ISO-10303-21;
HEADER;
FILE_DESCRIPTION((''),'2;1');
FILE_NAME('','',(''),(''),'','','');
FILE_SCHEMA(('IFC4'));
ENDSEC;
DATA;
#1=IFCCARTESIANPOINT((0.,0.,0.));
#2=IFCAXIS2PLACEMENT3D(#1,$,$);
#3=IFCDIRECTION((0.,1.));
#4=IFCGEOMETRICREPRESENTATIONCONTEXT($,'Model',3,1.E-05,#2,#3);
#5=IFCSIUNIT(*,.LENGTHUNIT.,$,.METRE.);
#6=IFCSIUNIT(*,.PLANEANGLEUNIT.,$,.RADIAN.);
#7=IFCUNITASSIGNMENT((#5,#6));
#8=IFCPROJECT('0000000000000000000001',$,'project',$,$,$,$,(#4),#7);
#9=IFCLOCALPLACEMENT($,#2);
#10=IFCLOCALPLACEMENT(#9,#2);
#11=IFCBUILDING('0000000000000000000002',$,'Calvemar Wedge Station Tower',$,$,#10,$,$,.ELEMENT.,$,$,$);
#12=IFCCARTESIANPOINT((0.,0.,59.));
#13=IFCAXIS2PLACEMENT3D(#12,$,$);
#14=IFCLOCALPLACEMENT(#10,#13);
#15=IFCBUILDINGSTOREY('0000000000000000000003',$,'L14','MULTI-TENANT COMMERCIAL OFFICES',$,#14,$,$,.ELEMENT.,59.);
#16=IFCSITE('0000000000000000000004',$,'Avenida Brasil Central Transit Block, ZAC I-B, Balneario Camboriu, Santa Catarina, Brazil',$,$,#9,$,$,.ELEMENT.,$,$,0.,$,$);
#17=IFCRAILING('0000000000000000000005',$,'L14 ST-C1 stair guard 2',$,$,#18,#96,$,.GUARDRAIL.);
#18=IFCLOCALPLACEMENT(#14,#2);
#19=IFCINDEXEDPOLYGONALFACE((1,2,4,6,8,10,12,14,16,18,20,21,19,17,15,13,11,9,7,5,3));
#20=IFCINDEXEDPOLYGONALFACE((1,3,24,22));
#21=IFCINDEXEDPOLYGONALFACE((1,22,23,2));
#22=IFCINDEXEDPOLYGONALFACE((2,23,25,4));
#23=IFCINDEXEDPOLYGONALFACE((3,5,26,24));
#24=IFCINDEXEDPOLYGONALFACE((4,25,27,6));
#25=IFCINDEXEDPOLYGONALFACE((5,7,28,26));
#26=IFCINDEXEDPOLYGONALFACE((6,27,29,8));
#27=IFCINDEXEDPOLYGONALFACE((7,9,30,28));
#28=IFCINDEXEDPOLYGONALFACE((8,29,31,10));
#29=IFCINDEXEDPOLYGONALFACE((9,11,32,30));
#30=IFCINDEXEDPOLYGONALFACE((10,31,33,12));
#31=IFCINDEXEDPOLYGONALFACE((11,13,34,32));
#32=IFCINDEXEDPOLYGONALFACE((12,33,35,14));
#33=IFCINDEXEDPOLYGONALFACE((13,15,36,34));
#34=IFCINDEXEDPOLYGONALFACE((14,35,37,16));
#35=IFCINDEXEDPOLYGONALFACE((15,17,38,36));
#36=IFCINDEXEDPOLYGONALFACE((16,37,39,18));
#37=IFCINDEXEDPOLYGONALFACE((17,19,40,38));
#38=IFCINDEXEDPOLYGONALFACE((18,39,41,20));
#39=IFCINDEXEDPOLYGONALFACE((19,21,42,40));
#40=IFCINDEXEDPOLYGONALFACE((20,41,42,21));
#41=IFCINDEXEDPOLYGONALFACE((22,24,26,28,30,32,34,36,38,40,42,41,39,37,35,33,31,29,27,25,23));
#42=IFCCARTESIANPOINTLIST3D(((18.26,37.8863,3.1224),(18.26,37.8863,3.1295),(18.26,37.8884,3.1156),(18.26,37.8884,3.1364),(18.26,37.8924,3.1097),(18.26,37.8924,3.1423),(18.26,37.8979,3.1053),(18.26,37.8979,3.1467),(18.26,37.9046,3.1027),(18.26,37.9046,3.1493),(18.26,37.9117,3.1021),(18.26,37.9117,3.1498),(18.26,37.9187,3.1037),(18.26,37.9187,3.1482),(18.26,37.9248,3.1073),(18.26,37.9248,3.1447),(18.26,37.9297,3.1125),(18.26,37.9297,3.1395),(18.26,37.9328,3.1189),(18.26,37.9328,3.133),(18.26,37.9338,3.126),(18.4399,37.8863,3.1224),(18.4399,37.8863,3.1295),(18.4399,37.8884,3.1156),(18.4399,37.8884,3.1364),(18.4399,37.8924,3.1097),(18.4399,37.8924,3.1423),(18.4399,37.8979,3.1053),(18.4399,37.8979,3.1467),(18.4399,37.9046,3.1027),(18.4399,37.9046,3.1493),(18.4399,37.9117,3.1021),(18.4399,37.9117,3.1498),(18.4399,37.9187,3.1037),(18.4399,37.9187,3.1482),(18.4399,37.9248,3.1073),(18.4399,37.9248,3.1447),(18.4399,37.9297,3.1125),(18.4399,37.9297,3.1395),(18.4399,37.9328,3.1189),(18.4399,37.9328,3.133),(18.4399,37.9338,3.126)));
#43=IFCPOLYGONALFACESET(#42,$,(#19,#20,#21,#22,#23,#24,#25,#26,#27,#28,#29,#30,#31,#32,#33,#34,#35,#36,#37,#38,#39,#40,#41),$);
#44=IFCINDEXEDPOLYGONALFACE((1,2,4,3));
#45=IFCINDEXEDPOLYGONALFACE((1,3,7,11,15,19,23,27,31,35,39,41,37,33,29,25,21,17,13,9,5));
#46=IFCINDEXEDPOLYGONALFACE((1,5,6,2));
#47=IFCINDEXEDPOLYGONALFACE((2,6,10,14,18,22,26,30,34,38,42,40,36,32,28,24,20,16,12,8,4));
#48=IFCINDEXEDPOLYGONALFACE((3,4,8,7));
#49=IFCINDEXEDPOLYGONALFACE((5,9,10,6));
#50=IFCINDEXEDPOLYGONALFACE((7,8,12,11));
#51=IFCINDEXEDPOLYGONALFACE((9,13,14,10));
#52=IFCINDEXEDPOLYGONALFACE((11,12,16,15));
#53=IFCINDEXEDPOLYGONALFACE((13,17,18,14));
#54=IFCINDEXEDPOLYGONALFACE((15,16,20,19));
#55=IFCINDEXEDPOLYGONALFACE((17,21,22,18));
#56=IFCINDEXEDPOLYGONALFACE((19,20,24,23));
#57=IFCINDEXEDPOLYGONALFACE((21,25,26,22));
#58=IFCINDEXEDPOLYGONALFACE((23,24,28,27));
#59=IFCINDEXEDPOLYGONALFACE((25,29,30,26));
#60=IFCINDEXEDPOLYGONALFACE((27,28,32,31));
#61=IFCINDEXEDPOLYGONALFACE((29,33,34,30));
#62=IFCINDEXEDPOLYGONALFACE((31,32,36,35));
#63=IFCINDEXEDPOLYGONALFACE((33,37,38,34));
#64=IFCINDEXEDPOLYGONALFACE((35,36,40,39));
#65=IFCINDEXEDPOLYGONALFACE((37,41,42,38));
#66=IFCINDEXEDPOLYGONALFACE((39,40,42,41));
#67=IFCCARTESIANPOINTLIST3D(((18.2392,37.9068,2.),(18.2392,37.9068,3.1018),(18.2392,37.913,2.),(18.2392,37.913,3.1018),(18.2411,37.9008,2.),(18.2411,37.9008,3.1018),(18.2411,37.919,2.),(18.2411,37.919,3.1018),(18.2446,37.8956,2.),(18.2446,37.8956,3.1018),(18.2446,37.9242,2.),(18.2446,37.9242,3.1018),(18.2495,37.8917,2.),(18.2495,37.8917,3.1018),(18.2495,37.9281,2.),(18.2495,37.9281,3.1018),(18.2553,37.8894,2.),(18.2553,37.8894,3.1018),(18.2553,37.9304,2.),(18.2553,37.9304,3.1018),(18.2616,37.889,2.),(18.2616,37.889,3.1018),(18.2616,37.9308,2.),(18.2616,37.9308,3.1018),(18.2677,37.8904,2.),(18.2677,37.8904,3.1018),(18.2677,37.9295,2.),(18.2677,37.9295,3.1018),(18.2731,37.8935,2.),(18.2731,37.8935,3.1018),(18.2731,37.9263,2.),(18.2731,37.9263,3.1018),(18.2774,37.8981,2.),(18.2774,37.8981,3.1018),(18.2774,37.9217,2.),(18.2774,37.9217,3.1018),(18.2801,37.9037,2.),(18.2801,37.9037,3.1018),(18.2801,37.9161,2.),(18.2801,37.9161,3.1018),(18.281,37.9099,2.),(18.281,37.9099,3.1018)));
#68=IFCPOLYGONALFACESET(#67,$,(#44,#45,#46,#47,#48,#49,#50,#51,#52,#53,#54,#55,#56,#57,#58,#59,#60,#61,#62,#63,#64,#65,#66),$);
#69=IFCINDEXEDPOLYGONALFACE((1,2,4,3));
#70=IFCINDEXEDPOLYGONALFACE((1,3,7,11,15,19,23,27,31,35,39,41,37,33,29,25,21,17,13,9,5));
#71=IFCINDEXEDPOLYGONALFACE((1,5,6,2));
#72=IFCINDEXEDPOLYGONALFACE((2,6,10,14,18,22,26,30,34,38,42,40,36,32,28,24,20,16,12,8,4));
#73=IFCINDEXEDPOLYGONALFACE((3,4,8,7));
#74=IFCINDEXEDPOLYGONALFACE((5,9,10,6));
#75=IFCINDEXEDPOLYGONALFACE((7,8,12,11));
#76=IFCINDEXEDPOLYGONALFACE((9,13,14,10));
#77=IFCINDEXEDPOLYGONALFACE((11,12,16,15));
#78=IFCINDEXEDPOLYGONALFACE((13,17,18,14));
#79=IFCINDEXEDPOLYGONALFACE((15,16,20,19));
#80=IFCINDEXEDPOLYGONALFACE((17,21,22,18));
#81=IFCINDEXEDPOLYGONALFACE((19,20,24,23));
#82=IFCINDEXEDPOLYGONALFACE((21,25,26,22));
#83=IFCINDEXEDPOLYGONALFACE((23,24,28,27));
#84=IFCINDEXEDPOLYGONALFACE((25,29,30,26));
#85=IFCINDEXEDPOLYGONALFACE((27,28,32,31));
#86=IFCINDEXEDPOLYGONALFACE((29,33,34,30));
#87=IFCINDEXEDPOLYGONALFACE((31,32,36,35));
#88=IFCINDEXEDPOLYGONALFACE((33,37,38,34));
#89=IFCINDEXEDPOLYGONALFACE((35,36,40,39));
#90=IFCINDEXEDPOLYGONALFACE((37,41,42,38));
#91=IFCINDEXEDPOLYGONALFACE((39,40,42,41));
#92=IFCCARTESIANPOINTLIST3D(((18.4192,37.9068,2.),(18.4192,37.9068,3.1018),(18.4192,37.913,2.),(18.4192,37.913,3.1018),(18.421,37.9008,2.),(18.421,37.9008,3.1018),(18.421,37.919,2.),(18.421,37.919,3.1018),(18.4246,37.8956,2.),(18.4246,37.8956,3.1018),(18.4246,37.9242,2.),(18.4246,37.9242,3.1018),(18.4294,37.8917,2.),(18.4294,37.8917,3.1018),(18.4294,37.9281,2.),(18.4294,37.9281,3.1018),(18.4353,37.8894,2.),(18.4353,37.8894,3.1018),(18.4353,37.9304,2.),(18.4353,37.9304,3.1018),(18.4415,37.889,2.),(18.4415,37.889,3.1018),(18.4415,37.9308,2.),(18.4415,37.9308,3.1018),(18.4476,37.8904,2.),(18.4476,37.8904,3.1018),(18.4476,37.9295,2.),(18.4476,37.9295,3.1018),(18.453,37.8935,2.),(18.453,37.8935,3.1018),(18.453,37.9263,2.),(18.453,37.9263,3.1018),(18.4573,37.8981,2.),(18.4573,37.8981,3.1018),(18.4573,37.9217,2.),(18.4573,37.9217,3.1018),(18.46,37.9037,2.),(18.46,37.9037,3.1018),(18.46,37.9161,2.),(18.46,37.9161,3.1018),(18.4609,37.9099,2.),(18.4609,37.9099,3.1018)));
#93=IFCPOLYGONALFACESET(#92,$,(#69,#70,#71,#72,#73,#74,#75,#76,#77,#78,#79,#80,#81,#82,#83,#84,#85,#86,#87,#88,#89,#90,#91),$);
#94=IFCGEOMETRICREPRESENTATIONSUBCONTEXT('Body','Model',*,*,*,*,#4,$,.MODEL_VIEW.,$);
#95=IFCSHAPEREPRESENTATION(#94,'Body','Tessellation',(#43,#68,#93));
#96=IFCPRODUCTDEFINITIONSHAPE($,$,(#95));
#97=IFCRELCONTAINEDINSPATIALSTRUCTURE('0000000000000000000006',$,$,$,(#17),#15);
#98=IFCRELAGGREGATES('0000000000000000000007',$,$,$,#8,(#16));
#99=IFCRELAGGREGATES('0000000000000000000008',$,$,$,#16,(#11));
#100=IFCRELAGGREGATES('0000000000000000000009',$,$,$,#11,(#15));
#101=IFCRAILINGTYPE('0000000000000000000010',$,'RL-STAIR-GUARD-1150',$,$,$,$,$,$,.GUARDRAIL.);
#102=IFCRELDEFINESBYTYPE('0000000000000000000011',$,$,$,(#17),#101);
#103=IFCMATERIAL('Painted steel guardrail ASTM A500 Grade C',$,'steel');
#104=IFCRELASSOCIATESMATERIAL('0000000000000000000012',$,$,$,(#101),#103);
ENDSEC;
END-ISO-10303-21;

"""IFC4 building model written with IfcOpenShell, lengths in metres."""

from ifc_helpers import new_model, si_unit, direction, frame, origin, origin_2d, place, context, subcontext, project, spatial, circle, extrude, material, type_object, element, save


model = new_model("IFC4")

# Units and contexts
model_context = context("Model", 3, precision=1e-05, world=origin(), true_north=direction((0.0, 1.0)))
body_context = subcontext(model_context, "Body", "Model", "MODEL_VIEW")
ifc_project = project(units=[si_unit("LENGTHUNIT", "METRE"), si_unit("PLANEANGLEUNIT", "RADIAN")], contexts=[model_context])

# Site, building, storey
site_placement = place(None, origin())
site = spatial("IfcSite", under=ifc_project, at=site_placement, Name="Avenida Brasil Central Transit Block, ZAC I-B, Balneario Camboriu, Santa Catarina, Brazil", CompositionType="ELEMENT", RefElevation=0.0)
building_placement = place(site_placement, origin())
building = spatial("IfcBuilding", under=site, at=building_placement, Name="Calvemar Wedge Station Tower", CompositionType="ELEMENT")
storey_placement = place(building_placement, frame((0.0, 0.0, 59.0)))
storey = spatial("IfcBuildingStorey", under=building, at=storey_placement, Name="L14", Description="MULTI-TENANT COMMERCIAL OFFICES", CompositionType="ELEMENT", Elevation=59.0)

# Railing
ifc_material_1 = material(Name="Painted steel guardrail ASTM A500 Grade C", Category="steel")
railing_type_1 = type_object("IfcRailingType", Name="RL-STAIR-GUARD-1150", PredefinedType="GUARDRAIL", material=ifc_material_1)
railing_1_placement = place(storey_placement, frame((18.26, 37.9099, 2.0)))
element("IfcRailing", 1, at=railing_1_placement, inside=storey, type_object=railing_type_1, Name="L14 ST-C1 stair guard 2", PredefinedType="GUARDRAIL", context=body_context, shape_type="SweptSolid", body=[
    extrude(circle(Radius=0.0239, at=origin_2d()), frame((0.0, 0.0, 1.126), z_axis=(1.0, 0.0, 0.0), x_axis=(0.0, 1.0, 0.0)), (0.0, 0.0, 1.0), 0.1799),
    extrude(circle(Radius=0.021, at=origin_2d()), origin(), (0.0, 0.0, 1.0), 1.1018),
    extrude(circle(Radius=0.021, at=origin_2d()), frame((0.1799, 0.0, 0.0)), (0.0, 0.0, 1.0), 1.1018),
])

save(model, "model.ifc")
